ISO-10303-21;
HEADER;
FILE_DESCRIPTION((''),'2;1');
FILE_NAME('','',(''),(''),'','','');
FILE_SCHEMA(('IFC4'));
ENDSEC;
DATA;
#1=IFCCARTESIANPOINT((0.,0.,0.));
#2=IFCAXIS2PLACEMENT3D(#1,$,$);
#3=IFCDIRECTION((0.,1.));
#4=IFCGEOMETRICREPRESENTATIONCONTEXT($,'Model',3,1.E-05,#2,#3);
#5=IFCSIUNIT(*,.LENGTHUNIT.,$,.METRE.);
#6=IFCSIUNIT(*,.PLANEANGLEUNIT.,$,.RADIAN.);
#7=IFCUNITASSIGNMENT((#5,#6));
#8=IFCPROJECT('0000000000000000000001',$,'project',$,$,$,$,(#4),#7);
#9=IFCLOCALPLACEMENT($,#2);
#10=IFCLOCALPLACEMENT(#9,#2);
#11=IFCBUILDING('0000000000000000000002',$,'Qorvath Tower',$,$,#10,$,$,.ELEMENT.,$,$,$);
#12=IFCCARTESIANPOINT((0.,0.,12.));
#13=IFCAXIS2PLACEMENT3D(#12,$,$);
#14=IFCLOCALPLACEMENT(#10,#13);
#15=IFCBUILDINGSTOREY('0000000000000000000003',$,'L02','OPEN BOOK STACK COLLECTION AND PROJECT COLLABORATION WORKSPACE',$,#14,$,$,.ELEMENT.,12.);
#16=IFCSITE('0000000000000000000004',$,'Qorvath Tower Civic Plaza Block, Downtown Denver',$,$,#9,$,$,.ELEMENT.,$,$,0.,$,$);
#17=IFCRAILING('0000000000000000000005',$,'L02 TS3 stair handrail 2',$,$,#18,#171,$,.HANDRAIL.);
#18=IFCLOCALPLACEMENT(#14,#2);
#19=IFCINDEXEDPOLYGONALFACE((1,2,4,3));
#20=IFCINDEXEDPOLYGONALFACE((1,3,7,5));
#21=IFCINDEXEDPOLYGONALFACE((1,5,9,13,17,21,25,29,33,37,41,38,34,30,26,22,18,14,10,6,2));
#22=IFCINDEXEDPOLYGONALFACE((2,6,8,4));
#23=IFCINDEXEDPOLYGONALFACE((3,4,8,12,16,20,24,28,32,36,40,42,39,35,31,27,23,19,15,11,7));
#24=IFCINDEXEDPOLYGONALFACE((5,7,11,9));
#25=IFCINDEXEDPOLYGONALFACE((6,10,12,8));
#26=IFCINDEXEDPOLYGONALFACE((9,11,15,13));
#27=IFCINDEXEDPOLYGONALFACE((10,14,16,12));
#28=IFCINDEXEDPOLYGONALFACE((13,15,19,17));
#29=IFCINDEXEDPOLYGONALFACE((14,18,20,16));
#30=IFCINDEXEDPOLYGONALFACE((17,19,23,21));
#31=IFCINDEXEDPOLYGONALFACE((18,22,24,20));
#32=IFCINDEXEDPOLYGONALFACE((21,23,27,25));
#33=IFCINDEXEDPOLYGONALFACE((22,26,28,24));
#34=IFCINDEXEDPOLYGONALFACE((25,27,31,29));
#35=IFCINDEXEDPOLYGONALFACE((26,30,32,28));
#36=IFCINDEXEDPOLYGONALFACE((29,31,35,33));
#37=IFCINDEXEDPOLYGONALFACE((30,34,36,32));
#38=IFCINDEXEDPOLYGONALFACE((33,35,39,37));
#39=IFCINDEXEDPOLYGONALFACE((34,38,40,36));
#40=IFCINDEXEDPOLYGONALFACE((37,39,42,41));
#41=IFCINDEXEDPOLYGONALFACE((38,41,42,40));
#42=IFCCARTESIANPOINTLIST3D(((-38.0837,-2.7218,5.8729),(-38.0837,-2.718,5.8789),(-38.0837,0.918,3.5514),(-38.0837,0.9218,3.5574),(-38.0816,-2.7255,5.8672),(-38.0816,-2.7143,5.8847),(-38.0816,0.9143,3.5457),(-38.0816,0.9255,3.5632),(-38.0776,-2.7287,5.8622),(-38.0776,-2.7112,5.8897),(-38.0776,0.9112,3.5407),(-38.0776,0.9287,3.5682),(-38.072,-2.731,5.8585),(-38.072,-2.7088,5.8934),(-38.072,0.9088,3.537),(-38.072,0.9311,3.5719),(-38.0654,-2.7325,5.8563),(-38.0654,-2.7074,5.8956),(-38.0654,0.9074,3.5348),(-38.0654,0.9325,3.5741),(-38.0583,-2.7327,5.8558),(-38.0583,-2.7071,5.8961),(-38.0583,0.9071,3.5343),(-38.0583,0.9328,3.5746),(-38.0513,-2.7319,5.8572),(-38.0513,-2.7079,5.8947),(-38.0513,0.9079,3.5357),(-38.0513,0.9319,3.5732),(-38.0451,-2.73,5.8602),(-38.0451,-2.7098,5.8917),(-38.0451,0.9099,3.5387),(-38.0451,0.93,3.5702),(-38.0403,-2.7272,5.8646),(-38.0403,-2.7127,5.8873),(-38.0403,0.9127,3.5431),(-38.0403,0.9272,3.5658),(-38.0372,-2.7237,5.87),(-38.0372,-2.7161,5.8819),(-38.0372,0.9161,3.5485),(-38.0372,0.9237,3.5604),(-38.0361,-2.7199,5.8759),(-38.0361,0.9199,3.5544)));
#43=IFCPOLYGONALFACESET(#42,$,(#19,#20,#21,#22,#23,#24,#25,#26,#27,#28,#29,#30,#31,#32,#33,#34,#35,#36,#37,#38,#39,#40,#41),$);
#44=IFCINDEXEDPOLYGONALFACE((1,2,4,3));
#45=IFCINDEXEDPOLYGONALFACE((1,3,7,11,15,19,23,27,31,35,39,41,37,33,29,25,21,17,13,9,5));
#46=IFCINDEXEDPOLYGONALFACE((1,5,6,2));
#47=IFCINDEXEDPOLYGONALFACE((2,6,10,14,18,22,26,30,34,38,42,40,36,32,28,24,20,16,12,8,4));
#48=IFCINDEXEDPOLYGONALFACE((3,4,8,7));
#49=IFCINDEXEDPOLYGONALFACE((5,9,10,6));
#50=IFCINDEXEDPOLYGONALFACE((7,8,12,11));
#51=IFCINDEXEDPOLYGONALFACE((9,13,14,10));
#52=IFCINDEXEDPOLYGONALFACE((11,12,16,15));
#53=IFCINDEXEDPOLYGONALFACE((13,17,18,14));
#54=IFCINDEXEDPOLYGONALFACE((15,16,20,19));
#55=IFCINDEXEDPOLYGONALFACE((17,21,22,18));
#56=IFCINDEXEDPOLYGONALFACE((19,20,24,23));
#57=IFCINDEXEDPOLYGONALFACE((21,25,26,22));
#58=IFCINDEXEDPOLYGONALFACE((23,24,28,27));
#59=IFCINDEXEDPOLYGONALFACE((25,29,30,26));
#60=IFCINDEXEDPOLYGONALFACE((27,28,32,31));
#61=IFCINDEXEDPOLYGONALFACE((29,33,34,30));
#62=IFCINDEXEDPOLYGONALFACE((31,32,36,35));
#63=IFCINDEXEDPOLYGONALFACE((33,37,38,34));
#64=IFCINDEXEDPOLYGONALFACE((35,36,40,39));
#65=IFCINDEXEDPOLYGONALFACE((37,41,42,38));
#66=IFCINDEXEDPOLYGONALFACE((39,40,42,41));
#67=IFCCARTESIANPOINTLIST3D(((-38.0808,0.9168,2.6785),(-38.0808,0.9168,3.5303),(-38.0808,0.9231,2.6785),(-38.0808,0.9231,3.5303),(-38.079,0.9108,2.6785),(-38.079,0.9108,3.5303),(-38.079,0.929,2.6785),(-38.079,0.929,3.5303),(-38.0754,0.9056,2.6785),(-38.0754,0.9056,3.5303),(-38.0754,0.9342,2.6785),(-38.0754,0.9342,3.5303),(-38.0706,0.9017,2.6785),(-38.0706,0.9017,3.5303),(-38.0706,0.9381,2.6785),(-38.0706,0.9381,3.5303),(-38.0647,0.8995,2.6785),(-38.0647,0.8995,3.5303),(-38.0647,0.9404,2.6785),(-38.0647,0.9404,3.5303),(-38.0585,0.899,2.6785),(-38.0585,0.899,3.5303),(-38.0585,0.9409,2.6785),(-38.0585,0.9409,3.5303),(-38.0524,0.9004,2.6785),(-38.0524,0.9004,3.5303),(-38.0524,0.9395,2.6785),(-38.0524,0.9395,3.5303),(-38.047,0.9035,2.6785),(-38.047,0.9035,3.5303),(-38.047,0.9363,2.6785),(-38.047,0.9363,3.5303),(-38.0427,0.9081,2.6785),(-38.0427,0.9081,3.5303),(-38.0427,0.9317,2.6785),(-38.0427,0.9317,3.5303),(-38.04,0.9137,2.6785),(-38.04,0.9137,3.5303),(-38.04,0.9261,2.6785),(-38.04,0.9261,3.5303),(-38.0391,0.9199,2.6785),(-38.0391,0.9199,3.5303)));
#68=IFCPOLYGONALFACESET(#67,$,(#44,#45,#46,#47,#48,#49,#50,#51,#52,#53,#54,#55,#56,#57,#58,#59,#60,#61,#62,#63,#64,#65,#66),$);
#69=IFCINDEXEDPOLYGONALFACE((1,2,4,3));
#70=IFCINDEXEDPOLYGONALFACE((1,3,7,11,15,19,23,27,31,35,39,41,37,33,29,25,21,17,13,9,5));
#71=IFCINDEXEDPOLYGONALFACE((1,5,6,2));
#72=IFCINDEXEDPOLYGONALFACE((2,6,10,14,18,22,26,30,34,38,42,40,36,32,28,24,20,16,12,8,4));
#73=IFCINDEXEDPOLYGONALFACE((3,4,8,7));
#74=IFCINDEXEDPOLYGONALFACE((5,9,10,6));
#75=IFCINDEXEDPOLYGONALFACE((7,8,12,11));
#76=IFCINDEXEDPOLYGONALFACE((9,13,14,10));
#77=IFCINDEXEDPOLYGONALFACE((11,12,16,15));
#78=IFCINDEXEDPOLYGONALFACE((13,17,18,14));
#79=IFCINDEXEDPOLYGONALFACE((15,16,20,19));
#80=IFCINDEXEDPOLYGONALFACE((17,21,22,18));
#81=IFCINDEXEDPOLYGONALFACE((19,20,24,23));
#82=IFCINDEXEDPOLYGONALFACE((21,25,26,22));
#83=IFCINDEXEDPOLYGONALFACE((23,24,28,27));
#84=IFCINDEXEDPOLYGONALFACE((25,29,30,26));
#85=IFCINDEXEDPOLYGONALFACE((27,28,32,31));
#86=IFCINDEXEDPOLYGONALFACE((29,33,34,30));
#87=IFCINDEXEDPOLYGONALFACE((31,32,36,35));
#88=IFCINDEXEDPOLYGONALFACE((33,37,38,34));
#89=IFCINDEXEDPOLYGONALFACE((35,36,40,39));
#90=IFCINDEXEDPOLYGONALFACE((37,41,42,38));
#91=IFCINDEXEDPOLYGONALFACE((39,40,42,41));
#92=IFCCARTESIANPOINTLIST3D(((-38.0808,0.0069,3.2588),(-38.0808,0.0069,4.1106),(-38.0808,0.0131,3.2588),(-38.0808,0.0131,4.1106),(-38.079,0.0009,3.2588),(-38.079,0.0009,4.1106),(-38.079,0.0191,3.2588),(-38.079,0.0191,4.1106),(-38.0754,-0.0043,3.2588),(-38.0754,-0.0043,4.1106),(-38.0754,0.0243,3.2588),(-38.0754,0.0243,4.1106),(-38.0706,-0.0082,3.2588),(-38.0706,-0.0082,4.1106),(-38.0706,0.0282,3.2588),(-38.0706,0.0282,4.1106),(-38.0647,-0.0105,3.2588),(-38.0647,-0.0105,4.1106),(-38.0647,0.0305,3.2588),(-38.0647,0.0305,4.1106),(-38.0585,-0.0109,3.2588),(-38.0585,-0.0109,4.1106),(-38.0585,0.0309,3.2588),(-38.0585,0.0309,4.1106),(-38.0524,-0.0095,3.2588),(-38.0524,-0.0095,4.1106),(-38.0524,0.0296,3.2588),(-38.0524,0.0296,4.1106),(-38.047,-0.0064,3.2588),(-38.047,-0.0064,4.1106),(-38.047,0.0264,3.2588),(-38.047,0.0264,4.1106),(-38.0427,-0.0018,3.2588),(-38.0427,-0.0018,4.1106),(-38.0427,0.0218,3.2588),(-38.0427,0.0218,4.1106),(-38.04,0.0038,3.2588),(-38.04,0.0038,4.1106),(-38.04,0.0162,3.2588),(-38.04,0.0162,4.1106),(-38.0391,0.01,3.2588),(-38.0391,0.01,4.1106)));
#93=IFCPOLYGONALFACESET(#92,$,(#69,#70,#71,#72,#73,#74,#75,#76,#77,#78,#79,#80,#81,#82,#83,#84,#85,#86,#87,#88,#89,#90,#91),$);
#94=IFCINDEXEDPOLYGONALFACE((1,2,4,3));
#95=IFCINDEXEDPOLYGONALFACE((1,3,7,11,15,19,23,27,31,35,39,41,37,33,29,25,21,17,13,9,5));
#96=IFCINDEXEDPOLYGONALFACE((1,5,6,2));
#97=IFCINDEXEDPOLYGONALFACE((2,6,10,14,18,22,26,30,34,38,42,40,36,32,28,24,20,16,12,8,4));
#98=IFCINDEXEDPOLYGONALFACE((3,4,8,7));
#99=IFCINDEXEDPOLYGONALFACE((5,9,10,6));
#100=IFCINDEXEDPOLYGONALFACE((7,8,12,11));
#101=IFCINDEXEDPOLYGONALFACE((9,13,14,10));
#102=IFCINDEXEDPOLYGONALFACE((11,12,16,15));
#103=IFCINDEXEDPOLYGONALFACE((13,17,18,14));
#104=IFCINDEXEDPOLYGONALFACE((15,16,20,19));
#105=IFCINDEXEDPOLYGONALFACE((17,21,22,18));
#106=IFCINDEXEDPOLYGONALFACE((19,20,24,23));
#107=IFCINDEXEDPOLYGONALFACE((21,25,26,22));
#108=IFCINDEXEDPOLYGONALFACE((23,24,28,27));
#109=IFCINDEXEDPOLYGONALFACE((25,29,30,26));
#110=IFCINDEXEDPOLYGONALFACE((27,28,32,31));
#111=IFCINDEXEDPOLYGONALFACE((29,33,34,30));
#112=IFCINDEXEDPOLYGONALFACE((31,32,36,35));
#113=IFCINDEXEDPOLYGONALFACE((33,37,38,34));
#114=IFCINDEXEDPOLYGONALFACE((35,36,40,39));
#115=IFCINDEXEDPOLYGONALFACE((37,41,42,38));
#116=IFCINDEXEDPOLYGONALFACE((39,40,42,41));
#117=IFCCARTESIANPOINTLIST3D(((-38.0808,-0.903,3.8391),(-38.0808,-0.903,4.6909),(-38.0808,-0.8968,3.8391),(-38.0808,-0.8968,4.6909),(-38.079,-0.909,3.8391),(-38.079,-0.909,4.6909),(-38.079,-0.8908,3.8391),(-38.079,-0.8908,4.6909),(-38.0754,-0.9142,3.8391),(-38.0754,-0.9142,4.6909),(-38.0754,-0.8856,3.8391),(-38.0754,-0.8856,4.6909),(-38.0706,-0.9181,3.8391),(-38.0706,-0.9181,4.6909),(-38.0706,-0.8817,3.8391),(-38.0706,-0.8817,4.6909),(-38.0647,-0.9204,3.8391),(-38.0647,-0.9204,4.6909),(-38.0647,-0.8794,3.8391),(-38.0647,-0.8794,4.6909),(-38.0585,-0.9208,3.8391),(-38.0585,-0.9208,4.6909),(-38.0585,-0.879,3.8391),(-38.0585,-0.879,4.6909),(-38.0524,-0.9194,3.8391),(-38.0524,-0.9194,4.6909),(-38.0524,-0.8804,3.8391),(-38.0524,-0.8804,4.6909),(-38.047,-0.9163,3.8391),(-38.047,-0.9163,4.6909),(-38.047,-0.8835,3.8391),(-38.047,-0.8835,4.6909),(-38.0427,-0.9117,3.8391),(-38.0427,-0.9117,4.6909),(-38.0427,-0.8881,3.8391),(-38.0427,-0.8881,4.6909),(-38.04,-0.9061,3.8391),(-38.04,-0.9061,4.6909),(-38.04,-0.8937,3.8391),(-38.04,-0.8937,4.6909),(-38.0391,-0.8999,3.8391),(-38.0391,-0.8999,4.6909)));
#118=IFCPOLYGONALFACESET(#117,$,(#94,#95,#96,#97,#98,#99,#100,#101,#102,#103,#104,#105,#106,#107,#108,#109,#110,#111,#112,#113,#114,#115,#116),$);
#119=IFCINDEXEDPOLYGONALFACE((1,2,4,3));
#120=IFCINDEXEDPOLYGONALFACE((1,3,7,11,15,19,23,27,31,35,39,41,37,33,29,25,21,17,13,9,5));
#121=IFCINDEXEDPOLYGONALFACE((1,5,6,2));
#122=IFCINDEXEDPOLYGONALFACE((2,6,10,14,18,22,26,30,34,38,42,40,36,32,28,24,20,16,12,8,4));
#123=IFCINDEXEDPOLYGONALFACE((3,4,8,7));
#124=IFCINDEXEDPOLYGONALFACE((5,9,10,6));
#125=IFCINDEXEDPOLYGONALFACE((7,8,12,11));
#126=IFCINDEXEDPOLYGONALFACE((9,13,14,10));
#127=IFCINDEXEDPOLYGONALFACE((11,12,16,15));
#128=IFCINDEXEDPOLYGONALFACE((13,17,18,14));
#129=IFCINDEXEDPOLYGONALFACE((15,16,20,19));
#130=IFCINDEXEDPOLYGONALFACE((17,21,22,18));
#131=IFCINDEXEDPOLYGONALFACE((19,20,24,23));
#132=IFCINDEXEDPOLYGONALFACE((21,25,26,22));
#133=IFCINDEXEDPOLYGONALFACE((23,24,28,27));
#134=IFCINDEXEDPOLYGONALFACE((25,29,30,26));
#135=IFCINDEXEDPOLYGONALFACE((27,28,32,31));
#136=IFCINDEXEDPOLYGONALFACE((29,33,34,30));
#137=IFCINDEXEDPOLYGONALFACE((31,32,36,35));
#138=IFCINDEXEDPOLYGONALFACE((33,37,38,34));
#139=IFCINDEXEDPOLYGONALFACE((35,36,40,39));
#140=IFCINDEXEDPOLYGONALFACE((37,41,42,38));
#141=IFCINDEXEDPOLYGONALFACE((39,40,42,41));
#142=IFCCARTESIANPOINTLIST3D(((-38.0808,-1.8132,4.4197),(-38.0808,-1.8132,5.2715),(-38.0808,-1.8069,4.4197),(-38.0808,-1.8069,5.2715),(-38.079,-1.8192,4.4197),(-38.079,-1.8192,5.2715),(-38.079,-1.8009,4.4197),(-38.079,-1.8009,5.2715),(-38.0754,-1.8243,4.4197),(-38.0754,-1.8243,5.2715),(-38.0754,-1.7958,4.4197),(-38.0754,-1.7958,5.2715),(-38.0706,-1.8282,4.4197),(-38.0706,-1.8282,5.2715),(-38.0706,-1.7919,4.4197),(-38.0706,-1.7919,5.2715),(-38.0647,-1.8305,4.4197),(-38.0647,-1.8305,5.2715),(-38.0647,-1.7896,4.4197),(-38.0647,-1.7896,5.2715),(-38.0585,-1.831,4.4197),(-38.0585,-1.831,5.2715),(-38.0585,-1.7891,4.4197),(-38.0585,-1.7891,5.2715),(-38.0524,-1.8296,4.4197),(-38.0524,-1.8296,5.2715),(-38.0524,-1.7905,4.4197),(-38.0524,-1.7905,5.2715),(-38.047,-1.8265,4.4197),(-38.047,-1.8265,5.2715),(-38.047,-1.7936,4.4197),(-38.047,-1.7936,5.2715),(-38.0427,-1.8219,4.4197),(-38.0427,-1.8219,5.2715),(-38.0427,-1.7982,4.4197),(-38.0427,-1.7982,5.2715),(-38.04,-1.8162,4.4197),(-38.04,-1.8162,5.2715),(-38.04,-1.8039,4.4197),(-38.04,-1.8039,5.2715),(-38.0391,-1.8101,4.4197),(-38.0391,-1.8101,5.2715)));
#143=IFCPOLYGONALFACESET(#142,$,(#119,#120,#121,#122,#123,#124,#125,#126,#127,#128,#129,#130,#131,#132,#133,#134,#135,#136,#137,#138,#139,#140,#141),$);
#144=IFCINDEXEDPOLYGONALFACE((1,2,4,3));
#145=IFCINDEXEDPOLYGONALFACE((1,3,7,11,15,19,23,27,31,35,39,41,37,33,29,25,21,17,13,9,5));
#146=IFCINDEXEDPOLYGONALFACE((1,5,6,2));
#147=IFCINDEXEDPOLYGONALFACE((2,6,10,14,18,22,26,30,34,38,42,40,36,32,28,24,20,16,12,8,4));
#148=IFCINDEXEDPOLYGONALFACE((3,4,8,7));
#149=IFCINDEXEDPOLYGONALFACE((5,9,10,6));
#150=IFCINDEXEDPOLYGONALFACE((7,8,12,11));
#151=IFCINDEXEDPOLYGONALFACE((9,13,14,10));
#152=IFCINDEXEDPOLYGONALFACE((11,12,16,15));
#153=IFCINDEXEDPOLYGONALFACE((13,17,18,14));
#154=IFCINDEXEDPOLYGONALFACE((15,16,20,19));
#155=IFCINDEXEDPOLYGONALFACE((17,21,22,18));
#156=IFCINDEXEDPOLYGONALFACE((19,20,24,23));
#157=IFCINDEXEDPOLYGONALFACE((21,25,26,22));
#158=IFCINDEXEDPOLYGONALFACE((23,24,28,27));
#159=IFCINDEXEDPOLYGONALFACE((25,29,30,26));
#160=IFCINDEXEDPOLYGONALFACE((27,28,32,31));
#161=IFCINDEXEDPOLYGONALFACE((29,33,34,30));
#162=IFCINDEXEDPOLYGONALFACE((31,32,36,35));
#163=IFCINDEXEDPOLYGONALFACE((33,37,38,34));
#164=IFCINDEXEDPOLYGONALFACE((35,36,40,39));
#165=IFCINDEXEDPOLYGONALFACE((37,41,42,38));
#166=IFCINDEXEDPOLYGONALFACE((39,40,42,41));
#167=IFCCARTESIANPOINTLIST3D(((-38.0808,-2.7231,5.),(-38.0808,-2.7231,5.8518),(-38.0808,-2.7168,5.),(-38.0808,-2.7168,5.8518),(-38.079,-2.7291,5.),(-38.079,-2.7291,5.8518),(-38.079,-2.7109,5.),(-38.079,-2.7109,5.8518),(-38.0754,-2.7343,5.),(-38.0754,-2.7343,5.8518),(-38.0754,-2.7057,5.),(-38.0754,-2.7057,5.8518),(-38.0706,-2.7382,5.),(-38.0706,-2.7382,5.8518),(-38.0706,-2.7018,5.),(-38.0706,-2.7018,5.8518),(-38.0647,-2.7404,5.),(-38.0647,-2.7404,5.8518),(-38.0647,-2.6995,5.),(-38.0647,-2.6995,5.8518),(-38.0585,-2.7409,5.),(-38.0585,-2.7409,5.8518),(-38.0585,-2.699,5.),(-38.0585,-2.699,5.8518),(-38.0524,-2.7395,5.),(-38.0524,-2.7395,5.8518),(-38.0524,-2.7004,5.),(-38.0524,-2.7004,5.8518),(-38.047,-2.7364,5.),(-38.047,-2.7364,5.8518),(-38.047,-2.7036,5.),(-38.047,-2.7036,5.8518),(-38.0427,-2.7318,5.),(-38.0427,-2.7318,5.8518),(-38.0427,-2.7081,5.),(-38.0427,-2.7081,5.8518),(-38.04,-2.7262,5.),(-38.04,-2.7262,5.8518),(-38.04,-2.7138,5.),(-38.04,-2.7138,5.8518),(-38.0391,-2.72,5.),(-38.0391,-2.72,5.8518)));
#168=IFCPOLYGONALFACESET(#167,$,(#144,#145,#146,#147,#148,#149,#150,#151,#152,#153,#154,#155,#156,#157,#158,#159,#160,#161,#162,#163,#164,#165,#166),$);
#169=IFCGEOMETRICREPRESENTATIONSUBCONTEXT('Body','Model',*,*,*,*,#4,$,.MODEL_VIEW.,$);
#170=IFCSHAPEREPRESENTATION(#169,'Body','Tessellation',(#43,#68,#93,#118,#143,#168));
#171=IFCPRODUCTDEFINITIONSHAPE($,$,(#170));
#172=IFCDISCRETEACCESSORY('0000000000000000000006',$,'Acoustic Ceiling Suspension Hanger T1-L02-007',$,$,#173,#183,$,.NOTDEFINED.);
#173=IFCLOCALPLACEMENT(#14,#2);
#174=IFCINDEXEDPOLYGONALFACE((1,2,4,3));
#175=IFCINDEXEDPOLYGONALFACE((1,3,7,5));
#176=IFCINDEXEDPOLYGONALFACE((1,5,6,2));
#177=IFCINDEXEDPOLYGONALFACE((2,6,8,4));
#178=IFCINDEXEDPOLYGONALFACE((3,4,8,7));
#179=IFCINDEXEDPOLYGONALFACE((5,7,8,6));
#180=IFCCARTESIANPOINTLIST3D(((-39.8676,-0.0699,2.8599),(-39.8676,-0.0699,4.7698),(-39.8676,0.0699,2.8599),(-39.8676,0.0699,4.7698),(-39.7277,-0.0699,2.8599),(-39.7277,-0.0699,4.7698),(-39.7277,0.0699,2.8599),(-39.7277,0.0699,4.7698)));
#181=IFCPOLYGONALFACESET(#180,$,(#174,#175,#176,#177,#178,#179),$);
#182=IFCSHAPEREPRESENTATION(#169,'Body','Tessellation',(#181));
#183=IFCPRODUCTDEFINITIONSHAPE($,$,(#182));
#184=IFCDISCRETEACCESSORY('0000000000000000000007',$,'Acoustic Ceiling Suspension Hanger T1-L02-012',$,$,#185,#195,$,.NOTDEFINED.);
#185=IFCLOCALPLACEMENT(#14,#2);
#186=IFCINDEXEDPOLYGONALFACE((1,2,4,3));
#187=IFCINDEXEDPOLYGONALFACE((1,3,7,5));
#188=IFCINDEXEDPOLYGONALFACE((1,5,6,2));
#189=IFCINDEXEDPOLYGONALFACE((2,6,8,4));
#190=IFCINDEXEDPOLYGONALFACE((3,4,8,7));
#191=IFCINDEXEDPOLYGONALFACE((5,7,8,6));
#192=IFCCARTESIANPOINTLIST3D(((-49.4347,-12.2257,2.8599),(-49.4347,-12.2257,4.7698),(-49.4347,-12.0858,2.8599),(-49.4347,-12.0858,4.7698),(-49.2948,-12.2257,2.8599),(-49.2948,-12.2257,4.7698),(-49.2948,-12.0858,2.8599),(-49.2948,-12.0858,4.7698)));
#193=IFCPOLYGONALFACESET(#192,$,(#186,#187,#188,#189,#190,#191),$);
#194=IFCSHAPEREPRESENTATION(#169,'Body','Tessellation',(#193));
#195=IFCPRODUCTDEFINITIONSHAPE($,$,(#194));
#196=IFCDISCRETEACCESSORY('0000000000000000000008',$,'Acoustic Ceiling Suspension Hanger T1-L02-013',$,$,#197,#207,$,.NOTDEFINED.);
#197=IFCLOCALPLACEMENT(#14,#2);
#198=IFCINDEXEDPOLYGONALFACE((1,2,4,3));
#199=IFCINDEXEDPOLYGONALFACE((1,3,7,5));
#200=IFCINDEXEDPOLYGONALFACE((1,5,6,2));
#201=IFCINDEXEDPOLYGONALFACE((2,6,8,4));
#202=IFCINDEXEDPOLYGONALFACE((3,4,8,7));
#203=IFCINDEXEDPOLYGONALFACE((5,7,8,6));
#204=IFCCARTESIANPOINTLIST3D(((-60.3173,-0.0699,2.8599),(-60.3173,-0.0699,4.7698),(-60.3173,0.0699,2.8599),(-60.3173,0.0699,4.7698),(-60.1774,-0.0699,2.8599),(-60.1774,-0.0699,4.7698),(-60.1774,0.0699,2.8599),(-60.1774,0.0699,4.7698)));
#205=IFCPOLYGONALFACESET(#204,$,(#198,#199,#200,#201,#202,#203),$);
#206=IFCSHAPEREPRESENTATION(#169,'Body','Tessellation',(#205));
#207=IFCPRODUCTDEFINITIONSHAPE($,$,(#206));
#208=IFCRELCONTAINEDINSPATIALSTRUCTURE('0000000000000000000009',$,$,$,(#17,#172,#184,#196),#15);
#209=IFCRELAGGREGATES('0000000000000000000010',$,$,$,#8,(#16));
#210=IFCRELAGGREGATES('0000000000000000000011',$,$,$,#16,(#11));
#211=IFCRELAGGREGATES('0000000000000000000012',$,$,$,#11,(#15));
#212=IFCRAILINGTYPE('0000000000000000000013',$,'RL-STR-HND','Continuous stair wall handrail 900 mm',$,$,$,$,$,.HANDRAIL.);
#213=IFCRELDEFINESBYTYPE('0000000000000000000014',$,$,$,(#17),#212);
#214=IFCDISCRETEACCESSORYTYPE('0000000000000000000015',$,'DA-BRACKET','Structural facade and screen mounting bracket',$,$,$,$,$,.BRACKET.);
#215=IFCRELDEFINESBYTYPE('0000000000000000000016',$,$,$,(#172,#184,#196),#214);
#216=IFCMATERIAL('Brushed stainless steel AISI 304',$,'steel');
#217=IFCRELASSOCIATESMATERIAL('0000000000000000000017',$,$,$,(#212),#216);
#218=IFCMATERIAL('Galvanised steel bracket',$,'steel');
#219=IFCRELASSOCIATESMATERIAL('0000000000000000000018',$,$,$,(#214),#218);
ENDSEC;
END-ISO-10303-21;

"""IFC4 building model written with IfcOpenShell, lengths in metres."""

from ifc_helpers import new_model, si_unit, direction, frame, origin, origin_2d, place, context, subcontext, project, spatial, rectangle, circle, extrude, material, type_object, element, save


model = new_model("IFC4")

# Units and contexts
model_context = context("Model", 3, precision=1e-05, world=origin(), true_north=direction((0.0, 1.0)))
body_context = subcontext(model_context, "Body", "Model", "MODEL_VIEW")
ifc_project = project(units=[si_unit("LENGTHUNIT", "METRE"), si_unit("PLANEANGLEUNIT", "RADIAN")], contexts=[model_context])

# Site, building, storey
site_placement = place(None, origin())
site = spatial("IfcSite", under=ifc_project, at=site_placement, Name="Qorvath Tower Civic Plaza Block, Downtown Denver", CompositionType="ELEMENT", RefElevation=0.0)
building_placement = place(site_placement, origin())
building = spatial("IfcBuilding", under=site, at=building_placement, Name="Qorvath Tower", CompositionType="ELEMENT")
storey_placement = place(building_placement, frame((0.0, 0.0, 12.0)))
storey = spatial("IfcBuildingStorey", under=building, at=storey_placement, Name="L02", Description="OPEN BOOK STACK COLLECTION AND PROJECT COLLABORATION WORKSPACE", CompositionType="ELEMENT", Elevation=12.0)

# Railing
ifc_material_1 = material(Name="Brushed stainless steel AISI 304", Category="steel")
railing_type_1 = type_object("IfcRailingType", Name="RL-STR-HND", Description="Continuous stair wall handrail 900 mm", PredefinedType="HANDRAIL", material=ifc_material_1)
railing_1_placement = place(storey_placement, frame((-38.0601, 0.9199, 2.6785)))
element("IfcRailing", 1, at=railing_1_placement, inside=storey, type_object=railing_type_1, Name="L02 TS3 stair handrail 2", PredefinedType="HANDRAIL", context=body_context, shape_type="SweptSolid", body=[
    extrude(circle(Radius=0.0239, at=origin_2d()), frame((0.0, 0.0, 0.876), z_axis=(0.0, -0.843112, 0.537739), x_axis=(1.0, 0.0, 0.0)), (0.0, 0.0, 1.0), 4.3171),
    extrude(circle(Radius=0.021, at=origin_2d()), origin(), (0.0, 0.0, 1.0), 0.8518),
    extrude(circle(Radius=0.021, at=origin_2d()), frame((0.0, -0.9099, 0.5803)), (0.0, 0.0, 1.0), 0.8518),
    extrude(circle(Radius=0.021, at=origin_2d()), frame((0.0, -1.8198, 1.1606)), (0.0, 0.0, 1.0), 0.8518),
    extrude(circle(Radius=0.021, at=origin_2d()), frame((0.0, -2.73, 1.7412)), (0.0, 0.0, 1.0), 0.8518),
    extrude(circle(Radius=0.021, at=origin_2d()), frame((0.0, -3.6399, 2.3215)), (0.0, 0.0, 1.0), 0.8518),
])

# Discrete accessories
ifc_material_2 = material(Name="Galvanised steel bracket", Category="steel")
discrete_accessory_type = type_object("IfcDiscreteAccessoryType", Name="DA-BRACKET", Description="Structural facade and screen mounting bracket", PredefinedType="BRACKET", material=ifc_material_2)
for number, where, z_axis, x_axis, name in (
    (2, (-39.7976, 0.0, 2.8599), (0.0, 0.0, 1.0), (1.0, 0.0, 0.0), "Acoustic Ceiling Suspension Hanger T1-L02-007"),
    (3, (-49.3647, -12.1558, 2.8599), (0.0, 0.0, 1.0), (1.0, 0.0, 0.0), "Acoustic Ceiling Suspension Hanger T1-L02-012"),
    (4, (-60.2473, 0.0, 2.8599), (0.0, 0.0, 1.0), (1.0, 0.0, 0.0), "Acoustic Ceiling Suspension Hanger T1-L02-013"),
):
    element("IfcDiscreteAccessory", number, at=place(storey_placement, frame(where, z_axis=z_axis, x_axis=x_axis)), inside=storey, type_object=discrete_accessory_type, Name=name, PredefinedType="NOTDEFINED", context=body_context, shape_type="SweptSolid", body=[
        extrude(rectangle(XDim=0.1399, YDim=0.1399, at=origin_2d()), origin(), (0.0, 0.0, 1.0), 1.9099),
    ])

save(model, "model.ifc")
